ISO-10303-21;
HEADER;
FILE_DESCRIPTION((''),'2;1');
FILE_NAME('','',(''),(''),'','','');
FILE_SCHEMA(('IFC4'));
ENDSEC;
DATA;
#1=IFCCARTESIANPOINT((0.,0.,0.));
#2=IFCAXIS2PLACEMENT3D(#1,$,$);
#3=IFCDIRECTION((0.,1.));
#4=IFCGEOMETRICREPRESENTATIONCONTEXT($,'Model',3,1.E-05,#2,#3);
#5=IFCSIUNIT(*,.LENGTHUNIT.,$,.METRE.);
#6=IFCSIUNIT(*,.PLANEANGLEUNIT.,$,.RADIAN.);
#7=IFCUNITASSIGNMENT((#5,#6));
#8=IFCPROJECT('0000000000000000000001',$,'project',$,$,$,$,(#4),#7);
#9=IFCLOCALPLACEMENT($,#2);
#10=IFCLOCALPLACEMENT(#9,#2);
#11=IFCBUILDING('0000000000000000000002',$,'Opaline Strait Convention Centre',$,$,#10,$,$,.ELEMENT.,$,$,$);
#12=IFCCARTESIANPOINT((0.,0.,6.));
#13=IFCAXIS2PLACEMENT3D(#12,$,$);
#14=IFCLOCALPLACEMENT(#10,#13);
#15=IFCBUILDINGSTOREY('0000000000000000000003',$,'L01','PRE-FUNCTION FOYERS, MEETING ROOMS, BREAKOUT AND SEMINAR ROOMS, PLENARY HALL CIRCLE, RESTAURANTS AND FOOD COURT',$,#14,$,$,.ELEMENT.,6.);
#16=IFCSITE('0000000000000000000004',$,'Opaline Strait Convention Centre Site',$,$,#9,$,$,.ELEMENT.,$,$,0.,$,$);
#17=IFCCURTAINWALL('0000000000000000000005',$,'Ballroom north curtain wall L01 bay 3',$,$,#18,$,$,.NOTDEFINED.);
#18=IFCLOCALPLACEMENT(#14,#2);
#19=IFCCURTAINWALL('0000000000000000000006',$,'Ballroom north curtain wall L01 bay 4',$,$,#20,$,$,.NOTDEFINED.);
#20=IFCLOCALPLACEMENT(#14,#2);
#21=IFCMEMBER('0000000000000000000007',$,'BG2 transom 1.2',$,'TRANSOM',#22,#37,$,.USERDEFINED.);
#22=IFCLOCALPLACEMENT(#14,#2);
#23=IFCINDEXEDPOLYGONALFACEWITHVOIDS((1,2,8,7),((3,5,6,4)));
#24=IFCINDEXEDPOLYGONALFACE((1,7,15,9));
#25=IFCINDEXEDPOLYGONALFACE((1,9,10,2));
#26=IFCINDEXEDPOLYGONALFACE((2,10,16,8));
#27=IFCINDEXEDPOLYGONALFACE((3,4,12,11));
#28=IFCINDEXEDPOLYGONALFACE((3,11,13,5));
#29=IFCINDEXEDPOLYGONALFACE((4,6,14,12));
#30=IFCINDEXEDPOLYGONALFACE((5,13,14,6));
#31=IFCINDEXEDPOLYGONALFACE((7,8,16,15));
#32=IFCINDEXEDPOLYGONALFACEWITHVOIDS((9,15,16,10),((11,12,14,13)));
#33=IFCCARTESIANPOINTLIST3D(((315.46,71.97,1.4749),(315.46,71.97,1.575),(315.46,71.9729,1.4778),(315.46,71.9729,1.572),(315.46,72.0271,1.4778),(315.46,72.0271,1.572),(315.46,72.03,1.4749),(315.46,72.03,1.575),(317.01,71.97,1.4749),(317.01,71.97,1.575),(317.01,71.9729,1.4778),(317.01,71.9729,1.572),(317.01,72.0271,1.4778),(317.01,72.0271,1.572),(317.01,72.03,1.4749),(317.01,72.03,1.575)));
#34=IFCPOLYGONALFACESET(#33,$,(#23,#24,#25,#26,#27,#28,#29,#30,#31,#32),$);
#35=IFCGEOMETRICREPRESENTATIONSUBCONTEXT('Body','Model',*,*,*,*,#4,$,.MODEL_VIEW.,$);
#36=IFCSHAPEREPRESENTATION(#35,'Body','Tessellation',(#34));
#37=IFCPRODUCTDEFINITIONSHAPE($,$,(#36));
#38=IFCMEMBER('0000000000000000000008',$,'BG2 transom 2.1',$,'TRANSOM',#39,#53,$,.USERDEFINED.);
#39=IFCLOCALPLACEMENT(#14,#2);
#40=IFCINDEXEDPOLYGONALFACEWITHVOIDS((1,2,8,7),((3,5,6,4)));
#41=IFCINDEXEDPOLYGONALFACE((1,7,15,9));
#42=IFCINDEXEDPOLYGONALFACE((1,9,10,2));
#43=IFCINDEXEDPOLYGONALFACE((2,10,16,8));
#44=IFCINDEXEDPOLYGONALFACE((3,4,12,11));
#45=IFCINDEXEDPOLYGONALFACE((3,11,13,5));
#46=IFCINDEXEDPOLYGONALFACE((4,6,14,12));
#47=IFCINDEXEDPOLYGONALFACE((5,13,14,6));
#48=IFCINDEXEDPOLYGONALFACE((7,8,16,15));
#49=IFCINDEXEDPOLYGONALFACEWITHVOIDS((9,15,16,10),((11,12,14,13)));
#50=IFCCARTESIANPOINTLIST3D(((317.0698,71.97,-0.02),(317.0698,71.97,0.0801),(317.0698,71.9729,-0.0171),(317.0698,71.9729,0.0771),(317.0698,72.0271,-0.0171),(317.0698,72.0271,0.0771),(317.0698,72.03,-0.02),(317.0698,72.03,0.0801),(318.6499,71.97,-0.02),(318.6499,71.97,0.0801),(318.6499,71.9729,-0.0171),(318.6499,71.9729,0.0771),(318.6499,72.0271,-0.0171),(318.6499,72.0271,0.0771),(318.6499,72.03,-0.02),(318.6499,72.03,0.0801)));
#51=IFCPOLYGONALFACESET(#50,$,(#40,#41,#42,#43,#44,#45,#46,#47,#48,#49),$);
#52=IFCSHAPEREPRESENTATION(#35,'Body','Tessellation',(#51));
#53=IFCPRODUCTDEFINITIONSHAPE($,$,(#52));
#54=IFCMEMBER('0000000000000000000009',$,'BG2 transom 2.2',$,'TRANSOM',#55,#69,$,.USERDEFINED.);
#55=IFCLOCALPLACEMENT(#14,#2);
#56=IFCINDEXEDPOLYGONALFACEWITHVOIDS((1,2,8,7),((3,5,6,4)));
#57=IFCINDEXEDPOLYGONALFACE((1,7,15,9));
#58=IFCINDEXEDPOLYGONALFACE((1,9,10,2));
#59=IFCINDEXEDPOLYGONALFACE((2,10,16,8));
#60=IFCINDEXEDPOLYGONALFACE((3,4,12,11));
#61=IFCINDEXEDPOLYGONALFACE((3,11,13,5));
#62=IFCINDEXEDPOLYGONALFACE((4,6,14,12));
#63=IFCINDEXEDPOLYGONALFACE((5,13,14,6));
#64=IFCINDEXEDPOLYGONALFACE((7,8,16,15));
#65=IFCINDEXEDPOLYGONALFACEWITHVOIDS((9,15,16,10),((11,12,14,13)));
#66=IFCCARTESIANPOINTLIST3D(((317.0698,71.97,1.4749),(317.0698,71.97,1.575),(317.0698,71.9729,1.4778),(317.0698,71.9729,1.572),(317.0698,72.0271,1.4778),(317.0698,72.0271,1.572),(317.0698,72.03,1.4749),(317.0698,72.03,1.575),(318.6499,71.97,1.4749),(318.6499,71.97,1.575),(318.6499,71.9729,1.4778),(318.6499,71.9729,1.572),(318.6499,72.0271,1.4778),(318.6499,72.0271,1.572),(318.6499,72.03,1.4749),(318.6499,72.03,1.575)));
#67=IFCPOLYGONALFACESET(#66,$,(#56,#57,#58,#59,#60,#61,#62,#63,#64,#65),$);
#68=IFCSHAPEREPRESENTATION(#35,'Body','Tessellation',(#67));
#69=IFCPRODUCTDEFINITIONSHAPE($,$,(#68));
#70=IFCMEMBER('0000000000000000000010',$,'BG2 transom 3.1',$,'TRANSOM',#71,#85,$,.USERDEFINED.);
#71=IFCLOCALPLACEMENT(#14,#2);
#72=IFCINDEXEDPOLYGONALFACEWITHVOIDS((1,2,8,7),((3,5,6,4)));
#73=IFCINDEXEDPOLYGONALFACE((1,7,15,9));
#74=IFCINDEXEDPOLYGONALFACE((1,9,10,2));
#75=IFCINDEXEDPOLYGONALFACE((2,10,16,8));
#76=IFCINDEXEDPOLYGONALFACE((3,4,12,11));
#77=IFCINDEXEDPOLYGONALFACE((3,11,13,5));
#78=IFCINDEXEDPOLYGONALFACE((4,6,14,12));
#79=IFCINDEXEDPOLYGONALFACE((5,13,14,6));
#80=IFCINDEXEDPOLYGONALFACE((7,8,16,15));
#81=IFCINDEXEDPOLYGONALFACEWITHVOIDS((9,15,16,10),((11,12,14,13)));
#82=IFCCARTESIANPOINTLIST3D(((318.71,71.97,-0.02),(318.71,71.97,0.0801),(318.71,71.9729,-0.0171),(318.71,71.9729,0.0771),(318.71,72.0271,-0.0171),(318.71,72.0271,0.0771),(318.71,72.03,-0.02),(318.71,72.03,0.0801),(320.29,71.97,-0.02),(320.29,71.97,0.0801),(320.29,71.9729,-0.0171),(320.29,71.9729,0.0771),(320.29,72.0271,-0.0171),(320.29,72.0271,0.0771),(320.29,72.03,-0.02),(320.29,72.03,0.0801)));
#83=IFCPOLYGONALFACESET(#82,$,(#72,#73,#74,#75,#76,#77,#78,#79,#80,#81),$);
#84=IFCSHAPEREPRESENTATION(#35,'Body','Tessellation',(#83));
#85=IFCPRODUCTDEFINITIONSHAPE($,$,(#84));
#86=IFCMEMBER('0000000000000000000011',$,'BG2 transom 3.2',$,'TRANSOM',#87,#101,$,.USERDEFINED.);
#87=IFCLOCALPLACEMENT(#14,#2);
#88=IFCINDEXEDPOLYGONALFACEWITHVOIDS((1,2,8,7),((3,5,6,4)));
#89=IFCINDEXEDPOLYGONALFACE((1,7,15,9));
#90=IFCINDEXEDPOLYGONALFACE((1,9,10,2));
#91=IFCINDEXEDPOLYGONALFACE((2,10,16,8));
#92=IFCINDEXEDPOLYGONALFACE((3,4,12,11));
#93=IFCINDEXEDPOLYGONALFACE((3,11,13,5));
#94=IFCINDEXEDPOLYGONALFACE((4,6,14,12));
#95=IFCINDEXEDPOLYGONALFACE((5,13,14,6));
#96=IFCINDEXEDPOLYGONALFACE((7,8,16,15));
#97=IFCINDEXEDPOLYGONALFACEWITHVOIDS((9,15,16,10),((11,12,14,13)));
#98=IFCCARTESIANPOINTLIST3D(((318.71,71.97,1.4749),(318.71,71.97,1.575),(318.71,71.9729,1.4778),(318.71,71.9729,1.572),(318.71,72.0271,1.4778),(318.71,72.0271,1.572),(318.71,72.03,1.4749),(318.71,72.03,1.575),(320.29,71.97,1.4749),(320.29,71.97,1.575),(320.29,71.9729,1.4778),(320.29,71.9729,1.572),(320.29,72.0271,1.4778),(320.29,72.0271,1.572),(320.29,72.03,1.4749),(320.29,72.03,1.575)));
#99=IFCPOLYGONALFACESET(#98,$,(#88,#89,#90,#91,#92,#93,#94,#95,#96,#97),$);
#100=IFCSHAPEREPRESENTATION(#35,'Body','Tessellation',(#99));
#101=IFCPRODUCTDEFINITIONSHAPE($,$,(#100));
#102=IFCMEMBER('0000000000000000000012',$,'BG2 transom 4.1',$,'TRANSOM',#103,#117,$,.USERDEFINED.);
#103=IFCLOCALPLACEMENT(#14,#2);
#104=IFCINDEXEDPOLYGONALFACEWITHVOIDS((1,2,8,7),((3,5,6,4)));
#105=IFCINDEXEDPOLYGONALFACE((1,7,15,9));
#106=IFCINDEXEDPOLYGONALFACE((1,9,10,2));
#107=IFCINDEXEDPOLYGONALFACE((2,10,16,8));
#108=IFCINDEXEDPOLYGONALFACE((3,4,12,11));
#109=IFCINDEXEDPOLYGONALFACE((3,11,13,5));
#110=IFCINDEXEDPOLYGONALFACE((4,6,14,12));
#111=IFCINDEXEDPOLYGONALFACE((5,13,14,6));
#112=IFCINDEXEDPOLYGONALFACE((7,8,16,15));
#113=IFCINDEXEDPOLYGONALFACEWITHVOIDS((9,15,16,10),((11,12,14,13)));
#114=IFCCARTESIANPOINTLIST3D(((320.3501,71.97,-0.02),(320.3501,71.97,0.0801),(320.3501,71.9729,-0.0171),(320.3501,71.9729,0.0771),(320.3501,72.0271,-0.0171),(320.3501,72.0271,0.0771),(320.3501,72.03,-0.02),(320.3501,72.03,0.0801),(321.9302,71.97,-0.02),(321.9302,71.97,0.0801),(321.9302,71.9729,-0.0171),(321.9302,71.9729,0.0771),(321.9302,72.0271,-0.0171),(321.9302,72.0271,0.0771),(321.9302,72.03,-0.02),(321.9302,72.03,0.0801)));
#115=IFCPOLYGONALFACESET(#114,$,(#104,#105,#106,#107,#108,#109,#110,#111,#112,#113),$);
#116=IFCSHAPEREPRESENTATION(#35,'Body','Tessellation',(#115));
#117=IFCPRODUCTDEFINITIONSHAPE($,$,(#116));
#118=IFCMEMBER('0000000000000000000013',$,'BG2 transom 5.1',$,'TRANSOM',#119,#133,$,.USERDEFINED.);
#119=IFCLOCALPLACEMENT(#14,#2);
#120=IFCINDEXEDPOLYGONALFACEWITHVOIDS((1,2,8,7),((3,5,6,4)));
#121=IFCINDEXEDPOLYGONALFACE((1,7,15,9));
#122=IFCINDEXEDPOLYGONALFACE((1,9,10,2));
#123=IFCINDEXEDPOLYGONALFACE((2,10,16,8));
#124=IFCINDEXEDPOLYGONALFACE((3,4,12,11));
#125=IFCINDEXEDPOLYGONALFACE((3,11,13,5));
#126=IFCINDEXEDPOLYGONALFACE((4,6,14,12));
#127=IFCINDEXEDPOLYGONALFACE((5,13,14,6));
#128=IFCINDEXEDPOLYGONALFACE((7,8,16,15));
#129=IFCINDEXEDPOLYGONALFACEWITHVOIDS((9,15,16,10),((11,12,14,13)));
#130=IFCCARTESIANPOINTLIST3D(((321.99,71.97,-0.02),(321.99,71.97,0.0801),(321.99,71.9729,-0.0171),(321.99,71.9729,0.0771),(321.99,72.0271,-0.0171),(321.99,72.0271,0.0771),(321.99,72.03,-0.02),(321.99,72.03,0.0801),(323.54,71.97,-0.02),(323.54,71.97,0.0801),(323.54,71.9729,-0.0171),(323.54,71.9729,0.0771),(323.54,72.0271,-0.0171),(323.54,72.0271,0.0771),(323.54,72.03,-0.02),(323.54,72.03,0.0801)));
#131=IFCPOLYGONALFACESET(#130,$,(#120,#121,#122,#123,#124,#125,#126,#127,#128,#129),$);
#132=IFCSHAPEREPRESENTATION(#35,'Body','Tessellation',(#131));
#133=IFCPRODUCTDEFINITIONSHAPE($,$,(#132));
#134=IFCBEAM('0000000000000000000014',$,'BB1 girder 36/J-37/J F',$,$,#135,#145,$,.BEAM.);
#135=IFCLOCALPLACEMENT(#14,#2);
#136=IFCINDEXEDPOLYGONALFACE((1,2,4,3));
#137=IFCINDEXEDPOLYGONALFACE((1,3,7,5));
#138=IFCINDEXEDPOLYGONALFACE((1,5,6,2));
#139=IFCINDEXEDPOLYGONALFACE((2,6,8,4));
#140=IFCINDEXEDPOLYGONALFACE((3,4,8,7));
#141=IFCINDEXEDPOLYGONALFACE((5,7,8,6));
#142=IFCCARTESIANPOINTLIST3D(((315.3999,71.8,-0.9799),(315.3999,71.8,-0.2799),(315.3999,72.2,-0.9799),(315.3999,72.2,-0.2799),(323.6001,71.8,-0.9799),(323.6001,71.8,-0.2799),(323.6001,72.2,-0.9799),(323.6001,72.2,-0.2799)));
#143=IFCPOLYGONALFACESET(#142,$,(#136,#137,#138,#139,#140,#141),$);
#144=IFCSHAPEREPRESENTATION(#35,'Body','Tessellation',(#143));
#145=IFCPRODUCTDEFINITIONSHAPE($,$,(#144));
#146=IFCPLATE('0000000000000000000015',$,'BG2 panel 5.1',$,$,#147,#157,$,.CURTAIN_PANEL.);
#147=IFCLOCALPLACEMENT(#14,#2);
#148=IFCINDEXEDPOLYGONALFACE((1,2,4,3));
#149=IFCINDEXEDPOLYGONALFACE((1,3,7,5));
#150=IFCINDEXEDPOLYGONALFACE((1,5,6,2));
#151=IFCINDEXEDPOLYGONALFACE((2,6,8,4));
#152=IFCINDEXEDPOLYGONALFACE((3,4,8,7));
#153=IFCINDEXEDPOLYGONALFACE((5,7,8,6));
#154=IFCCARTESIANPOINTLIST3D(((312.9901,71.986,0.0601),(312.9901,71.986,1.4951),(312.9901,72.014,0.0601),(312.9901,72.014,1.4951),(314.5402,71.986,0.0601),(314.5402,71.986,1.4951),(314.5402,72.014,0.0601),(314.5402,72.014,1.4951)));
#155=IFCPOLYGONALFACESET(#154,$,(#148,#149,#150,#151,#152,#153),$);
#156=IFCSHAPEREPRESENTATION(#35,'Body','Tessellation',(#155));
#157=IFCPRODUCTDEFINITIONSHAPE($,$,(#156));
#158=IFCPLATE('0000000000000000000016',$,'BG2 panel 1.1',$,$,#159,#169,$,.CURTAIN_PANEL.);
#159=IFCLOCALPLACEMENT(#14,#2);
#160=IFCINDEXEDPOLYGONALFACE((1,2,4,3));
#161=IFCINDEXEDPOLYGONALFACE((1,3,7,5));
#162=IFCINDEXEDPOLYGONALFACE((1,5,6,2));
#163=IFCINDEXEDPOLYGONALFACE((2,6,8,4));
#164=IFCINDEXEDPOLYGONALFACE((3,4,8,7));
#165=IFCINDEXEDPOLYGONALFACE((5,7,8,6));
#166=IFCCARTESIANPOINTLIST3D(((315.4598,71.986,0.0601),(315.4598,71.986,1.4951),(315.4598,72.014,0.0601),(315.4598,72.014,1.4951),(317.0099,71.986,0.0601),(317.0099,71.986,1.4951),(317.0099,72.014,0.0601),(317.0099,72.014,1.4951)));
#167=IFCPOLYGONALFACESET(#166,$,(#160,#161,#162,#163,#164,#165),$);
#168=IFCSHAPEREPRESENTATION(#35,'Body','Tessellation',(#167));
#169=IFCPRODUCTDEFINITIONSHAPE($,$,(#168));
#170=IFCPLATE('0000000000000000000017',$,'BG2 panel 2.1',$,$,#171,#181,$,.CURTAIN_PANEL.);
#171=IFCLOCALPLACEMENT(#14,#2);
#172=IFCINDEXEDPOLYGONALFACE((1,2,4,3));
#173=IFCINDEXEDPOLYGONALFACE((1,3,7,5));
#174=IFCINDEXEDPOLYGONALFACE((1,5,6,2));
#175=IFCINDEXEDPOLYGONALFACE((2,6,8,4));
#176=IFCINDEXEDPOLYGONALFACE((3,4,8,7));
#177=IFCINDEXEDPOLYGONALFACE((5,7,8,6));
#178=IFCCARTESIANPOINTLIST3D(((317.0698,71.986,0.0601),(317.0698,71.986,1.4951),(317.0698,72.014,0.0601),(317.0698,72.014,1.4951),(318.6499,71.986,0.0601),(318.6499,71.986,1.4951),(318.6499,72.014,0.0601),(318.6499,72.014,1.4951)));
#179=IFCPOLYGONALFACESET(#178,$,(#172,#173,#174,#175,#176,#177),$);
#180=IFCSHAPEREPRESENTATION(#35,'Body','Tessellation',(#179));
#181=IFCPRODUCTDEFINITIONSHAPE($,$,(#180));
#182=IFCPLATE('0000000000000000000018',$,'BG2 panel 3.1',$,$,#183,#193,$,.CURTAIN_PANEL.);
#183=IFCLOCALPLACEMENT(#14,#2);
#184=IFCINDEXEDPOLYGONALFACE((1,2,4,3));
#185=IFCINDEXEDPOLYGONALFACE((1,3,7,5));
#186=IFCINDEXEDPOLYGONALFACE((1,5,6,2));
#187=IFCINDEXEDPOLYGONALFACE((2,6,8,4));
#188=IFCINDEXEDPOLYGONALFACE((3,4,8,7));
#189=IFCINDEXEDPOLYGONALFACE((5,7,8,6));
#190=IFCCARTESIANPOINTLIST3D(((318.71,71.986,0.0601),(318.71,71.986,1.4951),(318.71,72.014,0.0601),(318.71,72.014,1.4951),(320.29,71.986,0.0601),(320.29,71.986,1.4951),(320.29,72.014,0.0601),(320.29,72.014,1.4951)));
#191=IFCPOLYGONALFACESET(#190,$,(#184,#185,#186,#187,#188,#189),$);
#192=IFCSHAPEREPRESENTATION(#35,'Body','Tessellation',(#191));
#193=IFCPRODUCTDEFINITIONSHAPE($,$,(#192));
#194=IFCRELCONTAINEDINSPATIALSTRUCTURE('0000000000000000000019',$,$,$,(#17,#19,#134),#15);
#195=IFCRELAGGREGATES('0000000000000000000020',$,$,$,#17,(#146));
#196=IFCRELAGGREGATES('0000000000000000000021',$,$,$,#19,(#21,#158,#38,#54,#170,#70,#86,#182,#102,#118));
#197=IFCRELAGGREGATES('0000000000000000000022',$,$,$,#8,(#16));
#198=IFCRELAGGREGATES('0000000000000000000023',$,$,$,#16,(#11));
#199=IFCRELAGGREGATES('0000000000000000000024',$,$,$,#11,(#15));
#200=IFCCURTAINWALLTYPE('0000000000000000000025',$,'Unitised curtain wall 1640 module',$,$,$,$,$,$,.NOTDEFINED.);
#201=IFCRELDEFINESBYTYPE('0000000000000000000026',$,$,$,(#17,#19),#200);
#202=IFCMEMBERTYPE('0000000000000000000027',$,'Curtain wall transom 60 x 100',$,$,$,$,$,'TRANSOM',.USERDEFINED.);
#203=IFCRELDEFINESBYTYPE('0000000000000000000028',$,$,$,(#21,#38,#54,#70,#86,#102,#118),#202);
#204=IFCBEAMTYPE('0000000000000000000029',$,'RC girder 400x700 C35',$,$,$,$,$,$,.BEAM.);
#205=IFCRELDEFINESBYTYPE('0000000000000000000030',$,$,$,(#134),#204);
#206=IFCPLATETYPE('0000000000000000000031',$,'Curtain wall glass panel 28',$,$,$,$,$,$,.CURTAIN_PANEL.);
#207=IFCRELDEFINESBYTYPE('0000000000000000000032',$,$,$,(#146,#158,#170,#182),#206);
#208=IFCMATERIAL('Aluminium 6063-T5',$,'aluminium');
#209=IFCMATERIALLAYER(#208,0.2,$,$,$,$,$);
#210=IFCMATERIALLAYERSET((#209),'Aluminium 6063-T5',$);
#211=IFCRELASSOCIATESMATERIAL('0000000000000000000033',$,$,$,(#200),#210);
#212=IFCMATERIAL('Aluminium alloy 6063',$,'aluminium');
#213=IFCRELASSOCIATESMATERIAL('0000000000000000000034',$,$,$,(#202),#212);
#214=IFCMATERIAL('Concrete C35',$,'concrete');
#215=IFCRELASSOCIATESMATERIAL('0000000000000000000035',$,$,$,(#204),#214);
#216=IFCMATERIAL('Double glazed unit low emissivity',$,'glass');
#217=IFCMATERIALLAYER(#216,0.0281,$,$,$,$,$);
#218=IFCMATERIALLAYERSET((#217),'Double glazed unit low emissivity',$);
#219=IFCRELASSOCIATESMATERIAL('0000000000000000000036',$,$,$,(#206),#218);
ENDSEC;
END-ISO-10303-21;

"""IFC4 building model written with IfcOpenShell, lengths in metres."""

from ifc_helpers import new_model, si_unit, direction, frame, origin, origin_2d, place, context, subcontext, project, spatial, rectangle, hollow_rectangle, extrude, material, layer, layer_set, material_profile, profile_set, type_object, element, aggregate, save


model = new_model("IFC4")

# Units and contexts
model_context = context("Model", 3, precision=1e-05, world=origin(), true_north=direction((0.0, 1.0)))
body_context = subcontext(model_context, "Body", "Model", "MODEL_VIEW")
ifc_project = project(units=[si_unit("LENGTHUNIT", "METRE"), si_unit("PLANEANGLEUNIT", "RADIAN")], contexts=[model_context])

# Site, building, storey
site_placement = place(None, origin())
site = spatial("IfcSite", under=ifc_project, at=site_placement, Name="Opaline Strait Convention Centre Site", CompositionType="ELEMENT", RefElevation=0.0)
building_placement = place(site_placement, origin())
building = spatial("IfcBuilding", under=site, at=building_placement, Name="Opaline Strait Convention Centre", CompositionType="ELEMENT")
storey_placement = place(building_placement, frame((0.0, 0.0, 6.0)))
storey = spatial("IfcBuildingStorey", under=building, at=storey_placement, Name="L01", Description="PRE-FUNCTION FOYERS, MEETING ROOMS, BREAKOUT AND SEMINAR ROOMS, PLENARY HALL CIRCLE, RESTAURANTS AND FOOD COURT", CompositionType="ELEMENT", Elevation=6.0)

# Curtain walls
ifc_material_1 = material(Name="Aluminium 6063-T5", Category="aluminium")
ifc_layer_1 = layer(ifc_material_1, 0.2)
ifc_layer_set_1 = layer_set([ifc_layer_1], Name="Aluminium 6063-T5")
curtain_wall_type = type_object("IfcCurtainWallType", Name="Unitised curtain wall 1640 module", PredefinedType="NOTDEFINED", material=ifc_layer_set_1)
curtain_wall_1_placement = place(storey_placement, origin())
curtain_wall_1 = element("IfcCurtainWall", 1, at=curtain_wall_1_placement, inside=storey, type_object=curtain_wall_type, Name="Ballroom north curtain wall L01 bay 3", PredefinedType="NOTDEFINED")
ifc_material_2 = material(Name="Aluminium alloy 6063", Category="aluminium")
curtain_wall_2_placement = place(storey_placement, origin())
curtain_wall_2 = element("IfcCurtainWall", 2, at=curtain_wall_2_placement, inside=storey, type_object=curtain_wall_type, Name="Ballroom north curtain wall L01 bay 4", PredefinedType="NOTDEFINED")

# Members
ifc_material_profile_1 = material_profile(ifc_material_2, hollow_rectangle(XDim=0.0601, YDim=0.1001, WallThickness=0.0029, at=origin_2d()), Name="TRANSOM 60x100x3")
ifc_profile_set_1 = profile_set([ifc_material_profile_1], Name="Aluminium alloy 6063")
member_type_1 = type_object("IfcMemberType", Name="Curtain wall transom 60 x 100", ElementType="TRANSOM", PredefinedType="USERDEFINED", material=ifc_profile_set_1)
member_1_placement = place(storey_placement, frame((315.46, 72.0, 1.5249), z_axis=(1.0, 0.0, 0.0), x_axis=(0.0, 1.0, 0.0)))
member_1 = element("IfcMember", 3, at=member_1_placement, type_object=member_type_1, Name="BG2 transom 1.2", ObjectType="TRANSOM", PredefinedType="USERDEFINED", context=body_context, shape_type="SweptSolid", body=[
    extrude(hollow_rectangle(XDim=0.0601, YDim=0.1001, WallThickness=0.0029, at=origin_2d()), origin(), (0.0, 0.0, 1.0), 1.55),
])
member_2_placement = place(storey_placement, frame((317.0698, 72.0, 0.03), z_axis=(1.0, 0.0, 0.0), x_axis=(0.0, 1.0, 0.0)))
member_2 = element("IfcMember", 4, at=member_2_placement, type_object=member_type_1, Name="BG2 transom 2.1", ObjectType="TRANSOM", PredefinedType="USERDEFINED", context=body_context, shape_type="SweptSolid", body=[
    extrude(hollow_rectangle(XDim=0.0601, YDim=0.1001, WallThickness=0.0029, at=origin_2d()), origin(), (0.0, 0.0, 1.0), 1.5801),
])
member_3_placement = place(storey_placement, frame((317.0698, 72.0, 1.5249), z_axis=(1.0, 0.0, 0.0), x_axis=(0.0, 1.0, 0.0)))
member_3 = element("IfcMember", 5, at=member_3_placement, type_object=member_type_1, Name="BG2 transom 2.2", ObjectType="TRANSOM", PredefinedType="USERDEFINED", context=body_context, shape_type="SweptSolid", body=[
    extrude(hollow_rectangle(XDim=0.0601, YDim=0.1001, WallThickness=0.0029, at=origin_2d()), origin(), (0.0, 0.0, 1.0), 1.5801),
])
member_4_placement = place(storey_placement, frame((318.71, 72.0, 0.03), z_axis=(1.0, 0.0, 0.0), x_axis=(0.0, 1.0, 0.0)))
member_4 = element("IfcMember", 6, at=member_4_placement, type_object=member_type_1, Name="BG2 transom 3.1", ObjectType="TRANSOM", PredefinedType="USERDEFINED", context=body_context, shape_type="SweptSolid", body=[
    extrude(hollow_rectangle(XDim=0.0601, YDim=0.1001, WallThickness=0.0029, at=origin_2d()), origin(), (0.0, 0.0, 1.0), 1.5801),
])
member_5_placement = place(storey_placement, frame((318.71, 72.0, 1.5249), z_axis=(1.0, 0.0, 0.0), x_axis=(0.0, 1.0, 0.0)))
member_5 = element("IfcMember", 7, at=member_5_placement, type_object=member_type_1, Name="BG2 transom 3.2", ObjectType="TRANSOM", PredefinedType="USERDEFINED", context=body_context, shape_type="SweptSolid", body=[
    extrude(hollow_rectangle(XDim=0.0601, YDim=0.1001, WallThickness=0.0029, at=origin_2d()), origin(), (0.0, 0.0, 1.0), 1.5801),
])
member_6_placement = place(storey_placement, frame((320.3501, 72.0, 0.03), z_axis=(1.0, 0.0, 0.0), x_axis=(0.0, 1.0, 0.0)))
member_6 = element("IfcMember", 8, at=member_6_placement, type_object=member_type_1, Name="BG2 transom 4.1", ObjectType="TRANSOM", PredefinedType="USERDEFINED", context=body_context, shape_type="SweptSolid", body=[
    extrude(hollow_rectangle(XDim=0.0601, YDim=0.1001, WallThickness=0.0029, at=origin_2d()), origin(), (0.0, 0.0, 1.0), 1.5801),
])
member_7_placement = place(storey_placement, frame((321.99, 72.0, 0.03), z_axis=(1.0, 0.0, 0.0), x_axis=(0.0, 1.0, 0.0)))
member_7 = element("IfcMember", 9, at=member_7_placement, type_object=member_type_1, Name="BG2 transom 5.1", ObjectType="TRANSOM", PredefinedType="USERDEFINED", context=body_context, shape_type="SweptSolid", body=[
    extrude(hollow_rectangle(XDim=0.0601, YDim=0.1001, WallThickness=0.0029, at=origin_2d()), origin(), (0.0, 0.0, 1.0), 1.55),
])

# Beam
ifc_material_3 = material(Name="Concrete C35", Category="concrete")
ifc_material_profile_2 = material_profile(ifc_material_3, rectangle(XDim=0.3999, YDim=0.7, at=origin_2d()), Name="RC 400x700")
ifc_profile_set_2 = profile_set([ifc_material_profile_2], Name="Concrete C35")
beam_type = type_object("IfcBeamType", Name="RC girder 400x700 C35", PredefinedType="BEAM", material=ifc_profile_set_2)
beam_placement = place(storey_placement, frame((315.3999, 72.0, -0.6299), z_axis=(1.0, 0.0, 0.0), x_axis=(0.0, 1.0, 0.0)))
element("IfcBeam", 10, at=beam_placement, inside=storey, type_object=beam_type, Name="BB1 girder 36/J-37/J F", PredefinedType="BEAM", context=body_context, shape_type="SweptSolid", body=[
    extrude(rectangle(XDim=0.3999, YDim=0.7, at=origin_2d()), origin(), (0.0, 0.0, 1.0), 8.2002),
])

# Plates
ifc_material_4 = material(Name="Double glazed unit low emissivity", Category="glass")
ifc_layer_2 = layer(ifc_material_4, 0.0281)
ifc_layer_set_2 = layer_set([ifc_layer_2], Name="Double glazed unit low emissivity")
plate_type = type_object("IfcPlateType", Name="Curtain wall glass panel 28", PredefinedType="CURTAIN_PANEL", material=ifc_layer_set_2)
plate_1_placement = place(storey_placement, frame((313.7651, 72.0, 0.0601), z_axis=(0.0, 0.0, 1.0), x_axis=(1.0, 0.0, 0.0)))
plate_1 = element("IfcPlate", 11, at=plate_1_placement, type_object=plate_type, Name="BG2 panel 5.1", PredefinedType="CURTAIN_PANEL", context=body_context, shape_type="SweptSolid", body=[
    extrude(rectangle(XDim=1.55, YDim=0.0281, at=origin_2d()), origin(), (0.0, 0.0, 1.0), 1.4351),
])
aggregate(curtain_wall_1, [plate_1])
plate_2_placement = place(storey_placement, frame((316.2349, 72.0, 0.0601), z_axis=(0.0, 0.0, 1.0), x_axis=(1.0, 0.0, 0.0)))
plate_2 = element("IfcPlate", 12, at=plate_2_placement, type_object=plate_type, Name="BG2 panel 1.1", PredefinedType="CURTAIN_PANEL", context=body_context, shape_type="SweptSolid", body=[
    extrude(rectangle(XDim=1.55, YDim=0.0281, at=origin_2d()), origin(), (0.0, 0.0, 1.0), 1.4351),
])
plate_3_placement = place(storey_placement, frame((317.8599, 72.0, 0.0601), z_axis=(0.0, 0.0, 1.0), x_axis=(1.0, 0.0, 0.0)))
plate_3 = element("IfcPlate", 13, at=plate_3_placement, type_object=plate_type, Name="BG2 panel 2.1", PredefinedType="CURTAIN_PANEL", context=body_context, shape_type="SweptSolid", body=[
    extrude(rectangle(XDim=1.5801, YDim=0.0281, at=origin_2d()), origin(), (0.0, 0.0, 1.0), 1.4351),
])
plate_4_placement = place(storey_placement, frame((319.5, 72.0, 0.0601), z_axis=(0.0, 0.0, 1.0), x_axis=(1.0, 0.0, 0.0)))
plate_4 = element("IfcPlate", 14, at=plate_4_placement, type_object=plate_type, Name="BG2 panel 3.1", PredefinedType="CURTAIN_PANEL", context=body_context, shape_type="SweptSolid", body=[
    extrude(rectangle(XDim=1.5801, YDim=0.0281, at=origin_2d()), origin(), (0.0, 0.0, 1.0), 1.4351),
])
aggregate(curtain_wall_2, [member_1, plate_2, member_2, member_3, plate_3, member_4, member_5, plate_4, member_6, member_7])

save(model, "model.ifc")
